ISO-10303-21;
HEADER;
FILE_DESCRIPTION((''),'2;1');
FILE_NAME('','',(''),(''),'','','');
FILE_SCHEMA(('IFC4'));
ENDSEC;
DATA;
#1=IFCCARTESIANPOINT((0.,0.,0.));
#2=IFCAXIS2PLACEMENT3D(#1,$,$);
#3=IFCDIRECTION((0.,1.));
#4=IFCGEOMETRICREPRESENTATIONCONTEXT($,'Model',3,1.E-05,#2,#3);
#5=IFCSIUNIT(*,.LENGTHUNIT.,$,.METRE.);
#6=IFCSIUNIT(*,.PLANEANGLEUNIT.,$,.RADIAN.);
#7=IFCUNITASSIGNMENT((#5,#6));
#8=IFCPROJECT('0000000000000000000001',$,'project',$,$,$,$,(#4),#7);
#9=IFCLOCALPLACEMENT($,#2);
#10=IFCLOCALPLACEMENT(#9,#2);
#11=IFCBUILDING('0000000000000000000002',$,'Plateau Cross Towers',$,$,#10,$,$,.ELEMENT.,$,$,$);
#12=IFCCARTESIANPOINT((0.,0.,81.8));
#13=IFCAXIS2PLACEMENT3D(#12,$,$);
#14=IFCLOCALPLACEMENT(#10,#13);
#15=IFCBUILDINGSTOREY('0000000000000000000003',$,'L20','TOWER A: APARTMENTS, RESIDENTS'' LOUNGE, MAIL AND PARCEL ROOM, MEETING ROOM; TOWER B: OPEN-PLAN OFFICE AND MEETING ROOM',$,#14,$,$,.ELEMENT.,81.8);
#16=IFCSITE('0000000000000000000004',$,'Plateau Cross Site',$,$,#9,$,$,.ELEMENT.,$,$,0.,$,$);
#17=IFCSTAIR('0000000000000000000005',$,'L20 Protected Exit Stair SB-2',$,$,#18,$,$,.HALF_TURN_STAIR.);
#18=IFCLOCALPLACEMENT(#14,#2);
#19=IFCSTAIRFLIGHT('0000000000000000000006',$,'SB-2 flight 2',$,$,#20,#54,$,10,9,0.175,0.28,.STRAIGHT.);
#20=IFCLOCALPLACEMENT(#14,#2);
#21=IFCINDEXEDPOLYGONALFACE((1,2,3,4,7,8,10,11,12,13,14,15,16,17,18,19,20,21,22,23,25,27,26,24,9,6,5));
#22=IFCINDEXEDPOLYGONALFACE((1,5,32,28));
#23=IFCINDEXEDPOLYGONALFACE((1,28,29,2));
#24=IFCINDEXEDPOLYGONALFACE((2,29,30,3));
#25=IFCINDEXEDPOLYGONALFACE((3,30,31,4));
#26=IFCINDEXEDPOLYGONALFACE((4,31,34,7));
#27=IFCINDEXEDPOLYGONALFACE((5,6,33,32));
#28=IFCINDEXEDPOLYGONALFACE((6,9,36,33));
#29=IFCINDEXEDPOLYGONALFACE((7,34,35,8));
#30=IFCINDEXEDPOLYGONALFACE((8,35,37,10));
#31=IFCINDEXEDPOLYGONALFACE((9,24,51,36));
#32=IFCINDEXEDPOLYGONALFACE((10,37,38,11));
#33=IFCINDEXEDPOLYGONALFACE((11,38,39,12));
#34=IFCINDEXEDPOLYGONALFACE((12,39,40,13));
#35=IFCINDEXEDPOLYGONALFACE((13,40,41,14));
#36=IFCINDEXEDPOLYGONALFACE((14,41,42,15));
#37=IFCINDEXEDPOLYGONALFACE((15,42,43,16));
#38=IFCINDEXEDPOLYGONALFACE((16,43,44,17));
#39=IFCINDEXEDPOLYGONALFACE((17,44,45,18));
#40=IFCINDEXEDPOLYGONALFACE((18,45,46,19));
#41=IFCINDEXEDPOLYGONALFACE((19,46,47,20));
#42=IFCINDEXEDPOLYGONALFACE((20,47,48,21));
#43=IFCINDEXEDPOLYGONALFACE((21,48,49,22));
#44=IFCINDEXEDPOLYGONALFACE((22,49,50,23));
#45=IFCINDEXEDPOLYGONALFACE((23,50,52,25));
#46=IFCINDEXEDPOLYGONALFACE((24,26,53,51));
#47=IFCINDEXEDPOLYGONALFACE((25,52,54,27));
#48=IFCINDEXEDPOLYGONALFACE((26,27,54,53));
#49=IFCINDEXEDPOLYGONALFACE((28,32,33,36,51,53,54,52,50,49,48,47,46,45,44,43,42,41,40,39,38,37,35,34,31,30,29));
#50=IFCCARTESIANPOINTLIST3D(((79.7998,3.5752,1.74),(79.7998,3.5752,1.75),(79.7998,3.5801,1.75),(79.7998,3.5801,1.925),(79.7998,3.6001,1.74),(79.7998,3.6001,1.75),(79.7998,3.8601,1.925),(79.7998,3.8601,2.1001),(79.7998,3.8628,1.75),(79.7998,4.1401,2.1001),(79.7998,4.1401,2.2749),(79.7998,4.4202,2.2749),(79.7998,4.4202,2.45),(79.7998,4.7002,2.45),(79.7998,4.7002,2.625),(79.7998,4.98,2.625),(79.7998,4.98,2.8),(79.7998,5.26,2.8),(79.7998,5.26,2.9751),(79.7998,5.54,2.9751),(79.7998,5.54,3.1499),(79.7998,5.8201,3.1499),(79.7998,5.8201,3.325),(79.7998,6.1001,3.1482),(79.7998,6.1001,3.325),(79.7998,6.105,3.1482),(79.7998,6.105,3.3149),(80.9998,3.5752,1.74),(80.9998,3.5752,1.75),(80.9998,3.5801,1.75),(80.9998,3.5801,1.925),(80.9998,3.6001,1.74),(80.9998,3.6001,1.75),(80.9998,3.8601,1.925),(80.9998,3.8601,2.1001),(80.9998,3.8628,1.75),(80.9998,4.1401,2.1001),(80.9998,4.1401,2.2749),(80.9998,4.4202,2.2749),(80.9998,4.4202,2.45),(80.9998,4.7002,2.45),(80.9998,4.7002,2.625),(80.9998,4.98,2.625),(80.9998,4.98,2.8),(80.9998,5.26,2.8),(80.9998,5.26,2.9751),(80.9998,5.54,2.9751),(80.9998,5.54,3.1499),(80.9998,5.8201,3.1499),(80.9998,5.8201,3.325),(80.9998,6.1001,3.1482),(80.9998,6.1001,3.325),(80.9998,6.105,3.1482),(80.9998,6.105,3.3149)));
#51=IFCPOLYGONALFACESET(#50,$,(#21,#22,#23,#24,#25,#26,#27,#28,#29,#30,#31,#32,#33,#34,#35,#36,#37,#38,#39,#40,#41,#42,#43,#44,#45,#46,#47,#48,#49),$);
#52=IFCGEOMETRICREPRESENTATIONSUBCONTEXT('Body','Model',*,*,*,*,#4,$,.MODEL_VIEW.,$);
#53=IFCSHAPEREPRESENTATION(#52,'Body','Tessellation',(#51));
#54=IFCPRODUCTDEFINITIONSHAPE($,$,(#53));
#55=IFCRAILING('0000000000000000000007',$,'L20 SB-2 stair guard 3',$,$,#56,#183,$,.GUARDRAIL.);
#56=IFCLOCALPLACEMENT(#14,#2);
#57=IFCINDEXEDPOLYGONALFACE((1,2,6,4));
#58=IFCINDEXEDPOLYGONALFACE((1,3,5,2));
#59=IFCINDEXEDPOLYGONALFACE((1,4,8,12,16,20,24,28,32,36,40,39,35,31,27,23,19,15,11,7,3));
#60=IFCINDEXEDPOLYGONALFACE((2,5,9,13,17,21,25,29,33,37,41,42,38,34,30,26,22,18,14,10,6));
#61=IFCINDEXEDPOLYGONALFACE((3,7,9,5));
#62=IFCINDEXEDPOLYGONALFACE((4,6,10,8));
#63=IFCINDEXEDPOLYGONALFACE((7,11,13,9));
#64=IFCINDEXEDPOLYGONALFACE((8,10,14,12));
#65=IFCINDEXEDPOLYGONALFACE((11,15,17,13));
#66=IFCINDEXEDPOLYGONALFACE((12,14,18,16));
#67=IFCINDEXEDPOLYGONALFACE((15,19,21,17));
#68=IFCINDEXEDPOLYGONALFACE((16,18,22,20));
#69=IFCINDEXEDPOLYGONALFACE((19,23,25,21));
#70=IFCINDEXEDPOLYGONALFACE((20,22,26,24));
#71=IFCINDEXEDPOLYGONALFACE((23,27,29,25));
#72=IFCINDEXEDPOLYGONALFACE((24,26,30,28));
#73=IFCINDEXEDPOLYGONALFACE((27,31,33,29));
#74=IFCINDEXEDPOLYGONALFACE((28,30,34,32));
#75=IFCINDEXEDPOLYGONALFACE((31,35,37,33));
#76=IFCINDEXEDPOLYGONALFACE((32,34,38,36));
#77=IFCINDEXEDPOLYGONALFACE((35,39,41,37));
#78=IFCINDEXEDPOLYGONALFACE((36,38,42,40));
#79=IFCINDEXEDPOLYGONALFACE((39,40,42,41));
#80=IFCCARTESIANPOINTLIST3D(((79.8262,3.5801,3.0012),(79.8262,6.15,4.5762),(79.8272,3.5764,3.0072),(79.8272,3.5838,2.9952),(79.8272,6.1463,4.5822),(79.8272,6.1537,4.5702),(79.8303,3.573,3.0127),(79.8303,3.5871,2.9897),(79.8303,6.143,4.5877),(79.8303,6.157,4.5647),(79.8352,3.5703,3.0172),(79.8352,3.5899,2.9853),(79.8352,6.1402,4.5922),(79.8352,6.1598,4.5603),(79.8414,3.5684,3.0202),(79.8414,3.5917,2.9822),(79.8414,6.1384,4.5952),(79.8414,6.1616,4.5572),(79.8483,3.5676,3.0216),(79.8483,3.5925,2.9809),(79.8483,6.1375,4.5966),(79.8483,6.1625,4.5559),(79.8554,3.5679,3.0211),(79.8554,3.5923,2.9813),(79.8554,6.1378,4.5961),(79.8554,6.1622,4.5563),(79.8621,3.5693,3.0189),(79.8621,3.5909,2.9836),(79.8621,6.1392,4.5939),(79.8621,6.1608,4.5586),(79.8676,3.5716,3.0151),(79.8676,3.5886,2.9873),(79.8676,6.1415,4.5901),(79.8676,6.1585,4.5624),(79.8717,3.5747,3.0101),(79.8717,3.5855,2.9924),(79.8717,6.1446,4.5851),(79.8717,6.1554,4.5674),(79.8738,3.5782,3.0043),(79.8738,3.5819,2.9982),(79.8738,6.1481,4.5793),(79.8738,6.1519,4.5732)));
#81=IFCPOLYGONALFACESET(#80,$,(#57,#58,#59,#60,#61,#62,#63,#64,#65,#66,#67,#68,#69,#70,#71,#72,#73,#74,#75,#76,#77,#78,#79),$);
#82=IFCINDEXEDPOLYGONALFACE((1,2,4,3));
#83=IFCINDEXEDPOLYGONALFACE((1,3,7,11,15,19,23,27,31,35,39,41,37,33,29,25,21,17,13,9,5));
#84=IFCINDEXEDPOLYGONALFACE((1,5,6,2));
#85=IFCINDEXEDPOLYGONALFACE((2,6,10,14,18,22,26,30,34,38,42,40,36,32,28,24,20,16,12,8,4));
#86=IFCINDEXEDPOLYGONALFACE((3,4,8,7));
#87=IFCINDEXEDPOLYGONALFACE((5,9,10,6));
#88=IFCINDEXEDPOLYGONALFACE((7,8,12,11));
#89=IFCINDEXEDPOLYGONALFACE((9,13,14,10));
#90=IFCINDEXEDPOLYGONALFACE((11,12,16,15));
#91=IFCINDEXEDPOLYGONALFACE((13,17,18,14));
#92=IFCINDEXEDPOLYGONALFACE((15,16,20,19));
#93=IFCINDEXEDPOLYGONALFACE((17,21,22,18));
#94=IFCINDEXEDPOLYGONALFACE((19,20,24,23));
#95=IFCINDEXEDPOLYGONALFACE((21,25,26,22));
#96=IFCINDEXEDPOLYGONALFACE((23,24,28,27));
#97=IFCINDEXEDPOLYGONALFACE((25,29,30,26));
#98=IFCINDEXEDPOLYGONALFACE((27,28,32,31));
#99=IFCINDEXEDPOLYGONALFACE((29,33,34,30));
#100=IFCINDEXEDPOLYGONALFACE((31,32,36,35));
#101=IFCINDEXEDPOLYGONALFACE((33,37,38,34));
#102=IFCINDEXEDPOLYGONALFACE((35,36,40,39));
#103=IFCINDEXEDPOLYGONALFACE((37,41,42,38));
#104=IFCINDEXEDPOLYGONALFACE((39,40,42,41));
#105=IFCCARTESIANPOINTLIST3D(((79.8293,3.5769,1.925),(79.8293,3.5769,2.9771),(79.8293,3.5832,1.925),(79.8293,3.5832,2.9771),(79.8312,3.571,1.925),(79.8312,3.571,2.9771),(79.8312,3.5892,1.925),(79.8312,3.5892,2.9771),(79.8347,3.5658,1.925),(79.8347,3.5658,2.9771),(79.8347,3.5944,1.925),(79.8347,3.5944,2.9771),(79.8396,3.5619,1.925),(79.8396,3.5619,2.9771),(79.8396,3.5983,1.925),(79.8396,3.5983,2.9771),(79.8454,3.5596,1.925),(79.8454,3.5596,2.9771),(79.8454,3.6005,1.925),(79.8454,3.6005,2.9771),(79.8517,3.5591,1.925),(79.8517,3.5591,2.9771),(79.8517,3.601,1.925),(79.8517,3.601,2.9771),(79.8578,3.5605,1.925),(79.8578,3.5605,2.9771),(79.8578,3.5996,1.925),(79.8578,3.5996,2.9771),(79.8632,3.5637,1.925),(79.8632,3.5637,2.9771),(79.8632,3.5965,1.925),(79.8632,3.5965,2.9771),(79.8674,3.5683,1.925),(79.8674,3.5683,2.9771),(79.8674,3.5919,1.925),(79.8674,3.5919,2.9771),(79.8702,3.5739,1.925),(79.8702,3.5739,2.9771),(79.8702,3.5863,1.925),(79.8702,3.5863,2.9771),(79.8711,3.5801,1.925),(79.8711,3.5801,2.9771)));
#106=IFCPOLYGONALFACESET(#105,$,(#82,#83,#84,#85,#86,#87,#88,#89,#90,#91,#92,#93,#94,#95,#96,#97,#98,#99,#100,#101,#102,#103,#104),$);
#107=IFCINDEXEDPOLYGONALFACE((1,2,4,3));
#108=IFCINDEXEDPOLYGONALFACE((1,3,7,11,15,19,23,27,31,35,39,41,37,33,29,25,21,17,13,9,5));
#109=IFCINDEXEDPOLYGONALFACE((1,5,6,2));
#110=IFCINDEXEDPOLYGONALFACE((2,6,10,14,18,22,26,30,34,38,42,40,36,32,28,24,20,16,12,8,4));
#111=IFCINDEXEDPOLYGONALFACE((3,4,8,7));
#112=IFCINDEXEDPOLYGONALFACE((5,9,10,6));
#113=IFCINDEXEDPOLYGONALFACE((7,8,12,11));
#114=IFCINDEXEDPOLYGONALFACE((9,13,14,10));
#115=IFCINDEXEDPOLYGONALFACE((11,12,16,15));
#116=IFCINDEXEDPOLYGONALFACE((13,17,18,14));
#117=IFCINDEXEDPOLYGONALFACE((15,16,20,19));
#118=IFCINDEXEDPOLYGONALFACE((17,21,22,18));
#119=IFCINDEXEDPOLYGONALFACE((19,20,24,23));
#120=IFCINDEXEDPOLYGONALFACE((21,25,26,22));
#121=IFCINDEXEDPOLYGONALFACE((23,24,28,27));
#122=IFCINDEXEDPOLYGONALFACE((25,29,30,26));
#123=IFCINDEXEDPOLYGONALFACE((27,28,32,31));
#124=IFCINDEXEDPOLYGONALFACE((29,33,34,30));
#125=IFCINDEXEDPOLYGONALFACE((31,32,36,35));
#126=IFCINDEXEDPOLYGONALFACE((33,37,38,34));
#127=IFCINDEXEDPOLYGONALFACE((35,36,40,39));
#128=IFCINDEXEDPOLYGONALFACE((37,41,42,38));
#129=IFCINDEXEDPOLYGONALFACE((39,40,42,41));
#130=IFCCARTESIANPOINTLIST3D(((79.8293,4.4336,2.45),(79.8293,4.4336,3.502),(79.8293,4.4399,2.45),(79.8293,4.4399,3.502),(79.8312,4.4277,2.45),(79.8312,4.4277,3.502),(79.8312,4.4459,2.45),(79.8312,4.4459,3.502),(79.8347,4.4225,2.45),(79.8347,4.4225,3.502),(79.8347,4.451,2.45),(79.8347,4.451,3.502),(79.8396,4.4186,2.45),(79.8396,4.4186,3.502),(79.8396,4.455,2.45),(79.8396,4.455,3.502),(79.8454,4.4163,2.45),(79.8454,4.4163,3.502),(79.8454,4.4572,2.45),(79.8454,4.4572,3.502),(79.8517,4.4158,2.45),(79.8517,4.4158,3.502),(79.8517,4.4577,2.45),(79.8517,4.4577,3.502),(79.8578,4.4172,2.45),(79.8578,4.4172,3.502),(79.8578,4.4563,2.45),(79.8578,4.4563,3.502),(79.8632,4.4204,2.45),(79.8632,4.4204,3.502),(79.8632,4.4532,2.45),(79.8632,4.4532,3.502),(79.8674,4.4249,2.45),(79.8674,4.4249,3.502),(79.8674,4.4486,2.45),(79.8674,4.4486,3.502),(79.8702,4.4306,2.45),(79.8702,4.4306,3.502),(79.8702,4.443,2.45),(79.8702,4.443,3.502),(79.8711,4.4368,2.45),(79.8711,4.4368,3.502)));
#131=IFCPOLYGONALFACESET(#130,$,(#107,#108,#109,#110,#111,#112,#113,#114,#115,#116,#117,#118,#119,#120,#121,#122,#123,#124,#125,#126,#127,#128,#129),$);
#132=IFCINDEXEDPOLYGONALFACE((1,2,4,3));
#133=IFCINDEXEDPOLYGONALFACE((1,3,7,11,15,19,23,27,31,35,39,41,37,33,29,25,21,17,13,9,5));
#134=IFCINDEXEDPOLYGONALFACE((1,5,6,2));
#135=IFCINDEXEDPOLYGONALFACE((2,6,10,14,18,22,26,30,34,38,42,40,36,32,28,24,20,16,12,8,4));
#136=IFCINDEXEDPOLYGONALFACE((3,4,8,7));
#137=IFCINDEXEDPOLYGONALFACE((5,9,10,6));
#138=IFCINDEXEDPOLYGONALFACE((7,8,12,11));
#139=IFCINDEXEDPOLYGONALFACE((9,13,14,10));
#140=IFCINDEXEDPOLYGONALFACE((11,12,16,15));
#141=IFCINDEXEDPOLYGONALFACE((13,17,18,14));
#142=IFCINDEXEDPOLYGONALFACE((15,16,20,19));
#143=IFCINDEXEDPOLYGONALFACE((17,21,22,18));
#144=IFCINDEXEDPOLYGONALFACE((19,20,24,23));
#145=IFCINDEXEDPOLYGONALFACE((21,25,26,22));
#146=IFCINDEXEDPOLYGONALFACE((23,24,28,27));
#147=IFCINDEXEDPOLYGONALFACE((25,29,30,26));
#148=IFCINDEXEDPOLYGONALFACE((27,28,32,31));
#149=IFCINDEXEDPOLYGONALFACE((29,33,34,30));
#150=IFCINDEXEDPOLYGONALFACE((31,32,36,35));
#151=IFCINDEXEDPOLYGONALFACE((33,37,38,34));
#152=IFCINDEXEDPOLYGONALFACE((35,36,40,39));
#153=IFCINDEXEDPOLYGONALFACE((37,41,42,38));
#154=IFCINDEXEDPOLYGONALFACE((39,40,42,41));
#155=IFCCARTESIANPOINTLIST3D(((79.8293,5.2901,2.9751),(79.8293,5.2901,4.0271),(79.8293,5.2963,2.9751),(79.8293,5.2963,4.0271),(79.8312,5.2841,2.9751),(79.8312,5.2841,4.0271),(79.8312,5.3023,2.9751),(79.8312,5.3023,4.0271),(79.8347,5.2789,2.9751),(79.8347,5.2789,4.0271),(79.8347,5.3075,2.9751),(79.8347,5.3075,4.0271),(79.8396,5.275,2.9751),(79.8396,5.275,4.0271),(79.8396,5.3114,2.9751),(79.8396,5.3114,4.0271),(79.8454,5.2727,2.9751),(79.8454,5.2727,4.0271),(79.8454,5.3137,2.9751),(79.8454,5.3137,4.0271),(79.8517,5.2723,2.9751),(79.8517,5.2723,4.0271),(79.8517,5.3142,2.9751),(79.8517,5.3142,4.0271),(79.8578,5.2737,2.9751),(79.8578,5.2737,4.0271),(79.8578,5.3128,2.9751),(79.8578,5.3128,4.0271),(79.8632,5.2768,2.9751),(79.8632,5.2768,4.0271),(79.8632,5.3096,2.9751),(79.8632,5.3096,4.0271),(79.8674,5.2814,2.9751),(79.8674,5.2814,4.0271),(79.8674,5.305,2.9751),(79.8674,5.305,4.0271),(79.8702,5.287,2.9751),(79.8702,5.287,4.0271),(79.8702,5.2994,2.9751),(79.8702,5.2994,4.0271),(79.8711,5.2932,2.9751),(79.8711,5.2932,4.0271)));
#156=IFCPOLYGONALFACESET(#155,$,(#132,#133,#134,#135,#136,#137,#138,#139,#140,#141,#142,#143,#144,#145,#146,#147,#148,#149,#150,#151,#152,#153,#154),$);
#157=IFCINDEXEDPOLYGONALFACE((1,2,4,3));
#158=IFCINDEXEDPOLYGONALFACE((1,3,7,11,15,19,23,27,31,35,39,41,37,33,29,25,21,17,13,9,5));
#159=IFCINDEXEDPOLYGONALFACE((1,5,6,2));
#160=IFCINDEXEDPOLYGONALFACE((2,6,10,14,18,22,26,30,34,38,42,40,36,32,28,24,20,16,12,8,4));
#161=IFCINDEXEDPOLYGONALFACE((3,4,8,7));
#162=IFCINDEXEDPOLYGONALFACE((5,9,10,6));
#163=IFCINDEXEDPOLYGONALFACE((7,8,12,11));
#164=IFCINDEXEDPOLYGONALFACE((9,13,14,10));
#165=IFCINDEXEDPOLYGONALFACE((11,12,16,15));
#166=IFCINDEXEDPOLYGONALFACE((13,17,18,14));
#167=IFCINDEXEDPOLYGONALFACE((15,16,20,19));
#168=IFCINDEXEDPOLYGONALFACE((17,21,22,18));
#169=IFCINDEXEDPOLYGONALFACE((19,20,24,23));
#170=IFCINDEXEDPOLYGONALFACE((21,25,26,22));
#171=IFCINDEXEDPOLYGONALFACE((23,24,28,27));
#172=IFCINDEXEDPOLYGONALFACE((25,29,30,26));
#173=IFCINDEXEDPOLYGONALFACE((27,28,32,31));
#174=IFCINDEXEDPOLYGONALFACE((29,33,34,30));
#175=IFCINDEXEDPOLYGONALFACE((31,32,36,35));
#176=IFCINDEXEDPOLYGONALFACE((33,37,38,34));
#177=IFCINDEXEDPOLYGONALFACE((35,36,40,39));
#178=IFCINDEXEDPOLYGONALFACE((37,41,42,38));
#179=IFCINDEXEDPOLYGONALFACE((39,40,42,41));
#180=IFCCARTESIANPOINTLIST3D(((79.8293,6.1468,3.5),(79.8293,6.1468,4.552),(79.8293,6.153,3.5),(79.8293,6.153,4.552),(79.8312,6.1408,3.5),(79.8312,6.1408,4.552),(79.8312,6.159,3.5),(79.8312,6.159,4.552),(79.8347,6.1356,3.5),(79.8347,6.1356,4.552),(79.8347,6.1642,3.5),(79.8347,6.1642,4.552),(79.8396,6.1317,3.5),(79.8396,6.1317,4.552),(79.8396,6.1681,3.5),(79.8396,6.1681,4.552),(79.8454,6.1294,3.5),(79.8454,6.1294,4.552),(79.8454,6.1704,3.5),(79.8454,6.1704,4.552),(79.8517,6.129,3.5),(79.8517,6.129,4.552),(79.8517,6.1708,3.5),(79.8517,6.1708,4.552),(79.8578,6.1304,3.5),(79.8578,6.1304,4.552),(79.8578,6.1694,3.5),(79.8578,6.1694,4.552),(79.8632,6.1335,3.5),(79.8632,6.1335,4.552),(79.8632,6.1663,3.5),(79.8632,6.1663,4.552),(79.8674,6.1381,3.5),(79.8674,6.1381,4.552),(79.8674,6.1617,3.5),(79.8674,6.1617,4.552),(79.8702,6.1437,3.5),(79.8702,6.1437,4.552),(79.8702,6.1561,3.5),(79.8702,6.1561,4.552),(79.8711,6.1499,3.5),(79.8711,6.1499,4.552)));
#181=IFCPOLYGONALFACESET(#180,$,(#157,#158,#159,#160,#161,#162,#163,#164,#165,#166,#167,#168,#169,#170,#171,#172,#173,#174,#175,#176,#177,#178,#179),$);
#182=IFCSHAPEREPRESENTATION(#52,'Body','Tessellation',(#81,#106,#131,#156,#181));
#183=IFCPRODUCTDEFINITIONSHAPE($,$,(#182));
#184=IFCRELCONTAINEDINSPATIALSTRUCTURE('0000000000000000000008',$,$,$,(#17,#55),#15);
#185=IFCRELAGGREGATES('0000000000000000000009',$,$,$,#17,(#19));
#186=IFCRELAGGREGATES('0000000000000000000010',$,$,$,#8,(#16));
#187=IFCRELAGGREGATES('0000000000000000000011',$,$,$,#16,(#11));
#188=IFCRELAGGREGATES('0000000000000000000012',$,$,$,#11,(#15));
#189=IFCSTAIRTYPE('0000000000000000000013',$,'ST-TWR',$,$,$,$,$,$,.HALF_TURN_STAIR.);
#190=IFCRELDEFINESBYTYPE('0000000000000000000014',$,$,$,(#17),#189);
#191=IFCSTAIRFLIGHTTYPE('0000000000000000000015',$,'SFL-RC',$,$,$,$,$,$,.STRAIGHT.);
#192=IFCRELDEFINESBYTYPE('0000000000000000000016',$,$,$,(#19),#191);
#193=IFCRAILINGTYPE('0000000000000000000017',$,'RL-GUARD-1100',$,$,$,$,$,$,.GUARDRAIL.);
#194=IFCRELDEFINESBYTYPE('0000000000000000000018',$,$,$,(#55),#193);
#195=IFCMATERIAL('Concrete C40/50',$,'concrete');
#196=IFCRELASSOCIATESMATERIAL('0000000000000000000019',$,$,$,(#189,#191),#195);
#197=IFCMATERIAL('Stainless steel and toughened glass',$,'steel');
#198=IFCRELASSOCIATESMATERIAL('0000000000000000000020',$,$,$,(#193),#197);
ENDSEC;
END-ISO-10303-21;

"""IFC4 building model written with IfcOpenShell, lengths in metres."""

from ifc_helpers import new_model, si_unit, direction, frame, origin, origin_2d, place, context, subcontext, project, spatial, polyline, circle, outline, extrude, material, type_object, element, aggregate, save


model = new_model("IFC4")

# Units and contexts
model_context = context("Model", 3, precision=1e-05, world=origin(), true_north=direction((0.0, 1.0)))
body_context = subcontext(model_context, "Body", "Model", "MODEL_VIEW")
ifc_project = project(units=[si_unit("LENGTHUNIT", "METRE"), si_unit("PLANEANGLEUNIT", "RADIAN")], contexts=[model_context])

# Site, building, storey
site_placement = place(None, origin())
site = spatial("IfcSite", under=ifc_project, at=site_placement, Name="Plateau Cross Site", CompositionType="ELEMENT", RefElevation=0.0)
building_placement = place(site_placement, origin())
building = spatial("IfcBuilding", under=site, at=building_placement, Name="Plateau Cross Towers", CompositionType="ELEMENT")
storey_placement = place(building_placement, frame((0.0, 0.0, 81.8)))
storey = spatial("IfcBuildingStorey", under=building, at=storey_placement, Name="L20", Description="TOWER A: APARTMENTS, RESIDENTS' LOUNGE, MAIL AND PARCEL ROOM, MEETING ROOM; TOWER B: OPEN-PLAN OFFICE AND MEETING ROOM", CompositionType="ELEMENT", Elevation=81.8)

# Stair, stair flight
ifc_material_1 = material(Name="Concrete C40/50", Category="concrete")
stair_type = type_object("IfcStairType", Name="ST-TWR", PredefinedType="HALF_TURN_STAIR", material=ifc_material_1)
stair_placement = place(storey_placement, origin())
stair = element("IfcStair", 1, at=stair_placement, inside=storey, type_object=stair_type, Name="L20 Protected Exit Stair SB-2", PredefinedType="HALF_TURN_STAIR")
stair_flight_type = type_object("IfcStairFlightType", Name="SFL-RC", PredefinedType="STRAIGHT", material=ifc_material_1)
stair_flight_placement = place(storey_placement, frame((80.3999, 3.5801, 1.75), z_axis=(0.0, 0.0, 1.0), x_axis=(0.0, 1.0, 0.0)))
stair_flight = element("IfcStairFlight", 2, at=stair_flight_placement, type_object=stair_flight_type, Name="SB-2 flight 2", NumberOfRisers=10, NumberOfTreads=9, PredefinedType="STRAIGHT", RiserHeight=0.175, TreadLength=0.28, context=body_context, shape_type="SweptSolid", body=[
    extrude(outline(polyline([(-0.0049, -0.01), (-0.0049, 0.0), (0.0, 0.0), (0.0, 0.175), (0.28, 0.175), (0.28, 0.3501), (0.5601, 0.3501), (0.5601, 0.5249), (0.8401, 0.5249), (0.8401, 0.7), (1.1201, 0.7), (1.1201, 0.875), (1.3999, 0.875), (1.3999, 1.05), (1.6799, 1.05), (1.6799, 1.2251), (1.96, 1.2251), (1.96, 1.3999), (2.24, 1.3999), (2.24, 1.575), (2.52, 1.575), (2.5249, 1.5649), (2.5249, 1.3982), (2.52, 1.3982), (0.2827, 0.0), (0.02, 0.0), (0.02, -0.01), (-0.0049, -0.01)])), frame((0.0, 0.6001, 0.0), z_axis=(0.0, -1.0, 0.0), x_axis=(1.0, 0.0, 0.0)), (0.0, 0.0, 1.0), 1.2),
])
aggregate(stair, [stair_flight])

# Railing
ifc_material_2 = material(Name="Stainless steel and toughened glass", Category="steel")
railing_type_1 = type_object("IfcRailingType", Name="RL-GUARD-1100", PredefinedType="GUARDRAIL", material=ifc_material_2)
railing_1_placement = place(storey_placement, frame((79.8501, 3.5801, 1.925)))
element("IfcRailing", 3, at=railing_1_placement, inside=storey, type_object=railing_type_1, Name="L20 SB-2 stair guard 3", PredefinedType="GUARDRAIL", context=body_context, shape_type="SweptSolid", body=[
    extrude(circle(Radius=0.0239, at=origin_2d()), frame((0.0, 0.0, 1.0762), z_axis=(0.0, 0.852616, 0.522537), x_axis=(-1.0, 0.0, 0.0)), (0.0, 0.0, 1.0), 3.0142),
    extrude(circle(Radius=0.021, at=origin_2d()), origin(), (0.0, 0.0, 1.0), 1.052),
    extrude(circle(Radius=0.021, at=origin_2d()), frame((0.0, 0.8567, 0.5249)), (0.0, 0.0, 1.0), 1.052),
    extrude(circle(Radius=0.021, at=origin_2d()), frame((0.0, 1.7131, 1.05)), (0.0, 0.0, 1.0), 1.052),
    extrude(circle(Radius=0.021, at=origin_2d()), frame((0.0, 2.5698, 1.575)), (0.0, 0.0, 1.0), 1.052),
])

save(model, "model.ifc")
